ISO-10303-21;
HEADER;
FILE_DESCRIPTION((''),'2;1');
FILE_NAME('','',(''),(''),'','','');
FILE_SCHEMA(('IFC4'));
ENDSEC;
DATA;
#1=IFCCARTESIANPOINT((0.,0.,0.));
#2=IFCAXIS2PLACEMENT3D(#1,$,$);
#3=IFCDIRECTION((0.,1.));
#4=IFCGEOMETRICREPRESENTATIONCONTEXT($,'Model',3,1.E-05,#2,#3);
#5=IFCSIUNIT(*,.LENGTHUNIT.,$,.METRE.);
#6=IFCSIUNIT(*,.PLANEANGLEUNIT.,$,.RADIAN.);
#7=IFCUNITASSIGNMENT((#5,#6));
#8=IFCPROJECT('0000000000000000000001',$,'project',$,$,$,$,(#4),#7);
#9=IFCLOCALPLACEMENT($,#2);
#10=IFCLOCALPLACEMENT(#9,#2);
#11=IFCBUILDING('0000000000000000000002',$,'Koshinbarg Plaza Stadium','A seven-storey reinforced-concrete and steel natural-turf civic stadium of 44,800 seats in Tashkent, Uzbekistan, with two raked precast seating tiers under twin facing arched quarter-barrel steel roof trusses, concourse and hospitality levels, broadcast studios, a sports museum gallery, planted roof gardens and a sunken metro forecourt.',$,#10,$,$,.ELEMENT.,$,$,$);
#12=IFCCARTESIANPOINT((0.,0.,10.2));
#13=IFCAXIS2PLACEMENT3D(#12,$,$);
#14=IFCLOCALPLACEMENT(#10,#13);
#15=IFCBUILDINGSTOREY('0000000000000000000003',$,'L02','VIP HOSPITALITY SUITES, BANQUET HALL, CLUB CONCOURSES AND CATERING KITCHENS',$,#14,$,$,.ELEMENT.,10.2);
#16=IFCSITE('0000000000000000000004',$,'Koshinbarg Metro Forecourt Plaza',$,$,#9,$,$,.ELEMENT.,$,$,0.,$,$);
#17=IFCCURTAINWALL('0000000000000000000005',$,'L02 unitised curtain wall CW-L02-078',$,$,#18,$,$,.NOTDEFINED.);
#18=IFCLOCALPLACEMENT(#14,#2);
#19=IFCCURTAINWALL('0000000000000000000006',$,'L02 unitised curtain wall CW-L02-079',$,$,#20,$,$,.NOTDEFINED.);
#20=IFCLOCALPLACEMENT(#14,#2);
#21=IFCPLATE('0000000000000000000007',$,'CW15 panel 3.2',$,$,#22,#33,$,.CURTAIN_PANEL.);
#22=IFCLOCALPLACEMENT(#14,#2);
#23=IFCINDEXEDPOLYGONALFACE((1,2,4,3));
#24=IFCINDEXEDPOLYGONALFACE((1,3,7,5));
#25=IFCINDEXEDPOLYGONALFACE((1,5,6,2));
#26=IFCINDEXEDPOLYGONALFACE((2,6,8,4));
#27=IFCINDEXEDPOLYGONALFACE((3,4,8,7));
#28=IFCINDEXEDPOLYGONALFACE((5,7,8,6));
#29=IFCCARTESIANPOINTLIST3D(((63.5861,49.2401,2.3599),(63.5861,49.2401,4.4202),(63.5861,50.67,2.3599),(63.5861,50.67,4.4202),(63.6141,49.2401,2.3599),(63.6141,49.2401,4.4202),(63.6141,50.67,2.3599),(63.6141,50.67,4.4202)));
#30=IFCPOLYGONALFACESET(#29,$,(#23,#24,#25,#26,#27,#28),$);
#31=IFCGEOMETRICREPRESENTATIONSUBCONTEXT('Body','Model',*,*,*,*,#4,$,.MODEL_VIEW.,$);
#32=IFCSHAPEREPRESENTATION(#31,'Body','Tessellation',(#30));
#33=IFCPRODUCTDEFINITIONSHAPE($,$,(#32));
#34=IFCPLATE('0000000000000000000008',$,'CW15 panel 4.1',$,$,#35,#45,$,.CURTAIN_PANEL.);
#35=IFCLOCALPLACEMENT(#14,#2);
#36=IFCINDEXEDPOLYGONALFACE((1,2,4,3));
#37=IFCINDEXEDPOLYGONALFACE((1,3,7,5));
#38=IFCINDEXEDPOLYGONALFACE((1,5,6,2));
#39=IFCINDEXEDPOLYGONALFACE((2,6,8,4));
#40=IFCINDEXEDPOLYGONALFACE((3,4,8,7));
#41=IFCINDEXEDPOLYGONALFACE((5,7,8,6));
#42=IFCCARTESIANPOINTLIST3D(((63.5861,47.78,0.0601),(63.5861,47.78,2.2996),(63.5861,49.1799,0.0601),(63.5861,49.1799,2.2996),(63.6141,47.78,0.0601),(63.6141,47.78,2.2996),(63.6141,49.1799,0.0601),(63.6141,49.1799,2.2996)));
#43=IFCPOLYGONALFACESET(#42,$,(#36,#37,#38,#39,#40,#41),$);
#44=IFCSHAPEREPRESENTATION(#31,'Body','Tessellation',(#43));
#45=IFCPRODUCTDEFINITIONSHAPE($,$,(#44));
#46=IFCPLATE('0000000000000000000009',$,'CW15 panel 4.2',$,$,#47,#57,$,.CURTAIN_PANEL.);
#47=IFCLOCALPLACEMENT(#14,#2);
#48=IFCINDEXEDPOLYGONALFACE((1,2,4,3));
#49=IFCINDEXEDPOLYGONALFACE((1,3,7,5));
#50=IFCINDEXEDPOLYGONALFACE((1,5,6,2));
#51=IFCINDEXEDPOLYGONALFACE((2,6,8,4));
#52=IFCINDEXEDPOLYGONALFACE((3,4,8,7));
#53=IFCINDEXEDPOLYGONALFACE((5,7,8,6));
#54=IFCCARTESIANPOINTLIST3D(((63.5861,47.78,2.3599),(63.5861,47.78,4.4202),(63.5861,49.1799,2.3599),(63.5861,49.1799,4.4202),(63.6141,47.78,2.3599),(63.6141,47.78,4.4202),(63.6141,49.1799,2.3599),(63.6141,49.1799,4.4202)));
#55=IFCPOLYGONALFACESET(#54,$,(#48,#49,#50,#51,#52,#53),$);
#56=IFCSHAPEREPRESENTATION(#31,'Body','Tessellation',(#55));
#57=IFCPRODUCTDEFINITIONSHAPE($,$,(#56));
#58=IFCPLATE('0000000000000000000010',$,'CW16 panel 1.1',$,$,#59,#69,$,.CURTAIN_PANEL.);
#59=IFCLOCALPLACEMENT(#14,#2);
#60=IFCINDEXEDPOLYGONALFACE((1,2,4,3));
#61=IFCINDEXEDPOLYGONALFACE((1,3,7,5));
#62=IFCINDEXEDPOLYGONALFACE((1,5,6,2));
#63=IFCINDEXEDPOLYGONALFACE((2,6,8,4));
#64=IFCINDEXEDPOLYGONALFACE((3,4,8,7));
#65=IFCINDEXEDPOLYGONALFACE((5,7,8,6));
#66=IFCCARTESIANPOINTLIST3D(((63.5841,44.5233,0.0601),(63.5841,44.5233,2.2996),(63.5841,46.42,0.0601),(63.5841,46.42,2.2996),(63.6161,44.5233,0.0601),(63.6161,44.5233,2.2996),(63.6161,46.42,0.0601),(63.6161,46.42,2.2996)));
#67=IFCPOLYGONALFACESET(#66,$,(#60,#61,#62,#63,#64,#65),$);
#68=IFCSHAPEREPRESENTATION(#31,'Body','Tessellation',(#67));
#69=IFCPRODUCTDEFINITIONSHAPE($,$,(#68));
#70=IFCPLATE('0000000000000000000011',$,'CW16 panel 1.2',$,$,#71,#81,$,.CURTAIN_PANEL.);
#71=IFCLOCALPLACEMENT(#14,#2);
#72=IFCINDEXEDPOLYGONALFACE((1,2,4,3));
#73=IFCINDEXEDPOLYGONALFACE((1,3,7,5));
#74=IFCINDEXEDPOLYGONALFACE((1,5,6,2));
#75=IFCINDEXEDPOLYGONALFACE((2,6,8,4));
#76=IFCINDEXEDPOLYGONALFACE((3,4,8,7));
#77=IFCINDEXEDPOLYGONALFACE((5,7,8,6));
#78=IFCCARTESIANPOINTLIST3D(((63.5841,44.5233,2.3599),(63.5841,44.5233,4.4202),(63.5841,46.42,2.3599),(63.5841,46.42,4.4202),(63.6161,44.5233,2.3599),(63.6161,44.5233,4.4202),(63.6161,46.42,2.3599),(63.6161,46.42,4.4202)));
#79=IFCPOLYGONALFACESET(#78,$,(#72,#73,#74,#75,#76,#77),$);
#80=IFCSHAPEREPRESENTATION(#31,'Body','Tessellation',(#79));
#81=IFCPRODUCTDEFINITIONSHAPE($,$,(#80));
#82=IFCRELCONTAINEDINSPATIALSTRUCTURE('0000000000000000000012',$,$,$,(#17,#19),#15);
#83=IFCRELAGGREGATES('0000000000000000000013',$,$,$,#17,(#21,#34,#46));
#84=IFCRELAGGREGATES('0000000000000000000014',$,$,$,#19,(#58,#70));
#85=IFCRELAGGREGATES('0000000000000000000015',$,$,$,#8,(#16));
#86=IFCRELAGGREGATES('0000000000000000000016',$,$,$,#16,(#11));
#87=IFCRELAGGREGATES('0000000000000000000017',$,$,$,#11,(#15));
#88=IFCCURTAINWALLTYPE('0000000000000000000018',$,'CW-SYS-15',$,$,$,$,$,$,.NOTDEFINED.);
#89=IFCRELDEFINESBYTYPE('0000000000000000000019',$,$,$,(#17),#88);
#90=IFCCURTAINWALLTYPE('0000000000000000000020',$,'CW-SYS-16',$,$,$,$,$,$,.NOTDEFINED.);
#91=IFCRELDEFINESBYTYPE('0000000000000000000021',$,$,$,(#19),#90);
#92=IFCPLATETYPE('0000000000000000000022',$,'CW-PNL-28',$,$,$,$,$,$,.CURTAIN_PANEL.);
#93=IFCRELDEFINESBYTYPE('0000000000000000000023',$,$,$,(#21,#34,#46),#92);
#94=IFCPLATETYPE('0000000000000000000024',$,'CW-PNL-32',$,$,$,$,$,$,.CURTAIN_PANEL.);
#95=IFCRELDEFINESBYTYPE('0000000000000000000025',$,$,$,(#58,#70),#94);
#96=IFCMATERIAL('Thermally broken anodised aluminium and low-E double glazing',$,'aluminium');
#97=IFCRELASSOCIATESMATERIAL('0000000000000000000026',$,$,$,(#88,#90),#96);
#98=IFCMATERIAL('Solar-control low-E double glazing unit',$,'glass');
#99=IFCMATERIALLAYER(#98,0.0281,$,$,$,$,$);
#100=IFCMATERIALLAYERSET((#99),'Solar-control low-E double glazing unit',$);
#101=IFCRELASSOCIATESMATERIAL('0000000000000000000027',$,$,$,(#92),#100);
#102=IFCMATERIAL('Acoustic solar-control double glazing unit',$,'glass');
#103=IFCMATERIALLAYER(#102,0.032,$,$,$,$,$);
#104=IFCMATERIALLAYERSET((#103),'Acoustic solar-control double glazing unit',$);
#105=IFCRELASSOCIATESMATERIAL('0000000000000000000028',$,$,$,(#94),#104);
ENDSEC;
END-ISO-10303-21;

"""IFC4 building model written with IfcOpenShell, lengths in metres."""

from ifc_helpers import new_model, si_unit, direction, frame, origin, origin_2d, place, context, subcontext, project, spatial, rectangle, extrude, material, layer, layer_set, type_object, element, aggregate, save


model = new_model("IFC4")

# Units and contexts
model_context = context("Model", 3, precision=1e-05, world=origin(), true_north=direction((0.0, 1.0)))
body_context = subcontext(model_context, "Body", "Model", "MODEL_VIEW")
ifc_project = project(units=[si_unit("LENGTHUNIT", "METRE"), si_unit("PLANEANGLEUNIT", "RADIAN")], contexts=[model_context])

# Site, building, storey
site_placement = place(None, origin())
site = spatial("IfcSite", under=ifc_project, at=site_placement, Name="Koshinbarg Metro Forecourt Plaza", CompositionType="ELEMENT", RefElevation=0.0)
building_placement = place(site_placement, origin())
building = spatial("IfcBuilding", under=site, at=building_placement, Name="Koshinbarg Plaza Stadium", Description="A seven-storey reinforced-concrete and steel natural-turf civic stadium of 44,800 seats in Tashkent, Uzbekistan, with two raked precast seating tiers under twin facing arched quarter-barrel steel roof trusses, concourse and hospitality levels, broadcast studios, a sports museum gallery, planted roof gardens and a sunken metro forecourt.", CompositionType="ELEMENT")
storey_placement = place(building_placement, frame((0.0, 0.0, 10.2)))
storey = spatial("IfcBuildingStorey", under=building, at=storey_placement, Name="L02", Description="VIP HOSPITALITY SUITES, BANQUET HALL, CLUB CONCOURSES AND CATERING KITCHENS", CompositionType="ELEMENT", Elevation=10.2)

# Curtain walls
ifc_material_1 = material(Name="Thermally broken anodised aluminium and low-E double glazing", Category="aluminium")
curtain_wall_type_1 = type_object("IfcCurtainWallType", Name="CW-SYS-15", PredefinedType="NOTDEFINED", material=ifc_material_1)
curtain_wall_1_placement = place(storey_placement, origin())
curtain_wall_1 = element("IfcCurtainWall", 1, at=curtain_wall_1_placement, inside=storey, type_object=curtain_wall_type_1, Name="L02 unitised curtain wall CW-L02-078", PredefinedType="NOTDEFINED")
curtain_wall_type_2 = type_object("IfcCurtainWallType", Name="CW-SYS-16", PredefinedType="NOTDEFINED", material=ifc_material_1)
curtain_wall_2_placement = place(storey_placement, origin())
curtain_wall_2 = element("IfcCurtainWall", 2, at=curtain_wall_2_placement, inside=storey, type_object=curtain_wall_type_2, Name="L02 unitised curtain wall CW-L02-079", PredefinedType="NOTDEFINED")

# Plates
ifc_material_2 = material(Name="Solar-control low-E double glazing unit", Category="glass")
ifc_layer_1 = layer(ifc_material_2, 0.0281)
ifc_layer_set_1 = layer_set([ifc_layer_1], Name="Solar-control low-E double glazing unit")
plate_type_1 = type_object("IfcPlateType", Name="CW-PNL-28", PredefinedType="CURTAIN_PANEL", material=ifc_layer_set_1)
plate_1_placement = place(storey_placement, frame((63.6001, 49.9551, 2.3599), z_axis=(0.0, 0.0, 1.0), x_axis=(0.0, -1.0, 0.0)))
plate_1 = element("IfcPlate", 3, at=plate_1_placement, type_object=plate_type_1, Name="CW15 panel 3.2", PredefinedType="CURTAIN_PANEL", context=body_context, shape_type="SweptSolid", body=[
    extrude(rectangle(XDim=1.4299, YDim=0.0281, at=origin_2d()), origin(), (0.0, 0.0, 1.0), 2.0603),
])
plate_2_placement = place(storey_placement, frame((63.6001, 48.48, 0.0601), z_axis=(0.0, 0.0, 1.0), x_axis=(0.0, -1.0, 0.0)))
plate_2 = element("IfcPlate", 4, at=plate_2_placement, type_object=plate_type_1, Name="CW15 panel 4.1", PredefinedType="CURTAIN_PANEL", context=body_context, shape_type="SweptSolid", body=[
    extrude(rectangle(XDim=1.3999, YDim=0.0281, at=origin_2d()), origin(), (0.0, 0.0, 1.0), 2.2395),
])
plate_3_placement = place(storey_placement, frame((63.6001, 48.48, 2.3599), z_axis=(0.0, 0.0, 1.0), x_axis=(0.0, -1.0, 0.0)))
plate_3 = element("IfcPlate", 5, at=plate_3_placement, type_object=plate_type_1, Name="CW15 panel 4.2", PredefinedType="CURTAIN_PANEL", context=body_context, shape_type="SweptSolid", body=[
    extrude(rectangle(XDim=1.3999, YDim=0.0281, at=origin_2d()), origin(), (0.0, 0.0, 1.0), 2.0603),
])
aggregate(curtain_wall_1, [plate_1, plate_2, plate_3])
ifc_material_3 = material(Name="Acoustic solar-control double glazing unit", Category="glass")
ifc_layer_2 = layer(ifc_material_3, 0.032)
ifc_layer_set_2 = layer_set([ifc_layer_2], Name="Acoustic solar-control double glazing unit")
plate_type_2 = type_object("IfcPlateType", Name="CW-PNL-32", PredefinedType="CURTAIN_PANEL", material=ifc_layer_set_2)
plate_4_placement = place(storey_placement, frame((63.6001, 45.4717, 0.0601), z_axis=(0.0, 0.0, 1.0), x_axis=(0.0, -1.0, 0.0)))
plate_4 = element("IfcPlate", 6, at=plate_4_placement, type_object=plate_type_2, Name="CW16 panel 1.1", PredefinedType="CURTAIN_PANEL", context=body_context, shape_type="SweptSolid", body=[
    extrude(rectangle(XDim=1.8967, YDim=0.032, at=origin_2d()), origin(), (0.0, 0.0, 1.0), 2.2395),
])
plate_5_placement = place(storey_placement, frame((63.6001, 45.4717, 2.3599), z_axis=(0.0, 0.0, 1.0), x_axis=(0.0, -1.0, 0.0)))
plate_5 = element("IfcPlate", 7, at=plate_5_placement, type_object=plate_type_2, Name="CW16 panel 1.2", PredefinedType="CURTAIN_PANEL", context=body_context, shape_type="SweptSolid", body=[
    extrude(rectangle(XDim=1.8967, YDim=0.032, at=origin_2d()), origin(), (0.0, 0.0, 1.0), 2.0603),
])
aggregate(curtain_wall_2, [plate_4, plate_5])

save(model, "model.ifc")
